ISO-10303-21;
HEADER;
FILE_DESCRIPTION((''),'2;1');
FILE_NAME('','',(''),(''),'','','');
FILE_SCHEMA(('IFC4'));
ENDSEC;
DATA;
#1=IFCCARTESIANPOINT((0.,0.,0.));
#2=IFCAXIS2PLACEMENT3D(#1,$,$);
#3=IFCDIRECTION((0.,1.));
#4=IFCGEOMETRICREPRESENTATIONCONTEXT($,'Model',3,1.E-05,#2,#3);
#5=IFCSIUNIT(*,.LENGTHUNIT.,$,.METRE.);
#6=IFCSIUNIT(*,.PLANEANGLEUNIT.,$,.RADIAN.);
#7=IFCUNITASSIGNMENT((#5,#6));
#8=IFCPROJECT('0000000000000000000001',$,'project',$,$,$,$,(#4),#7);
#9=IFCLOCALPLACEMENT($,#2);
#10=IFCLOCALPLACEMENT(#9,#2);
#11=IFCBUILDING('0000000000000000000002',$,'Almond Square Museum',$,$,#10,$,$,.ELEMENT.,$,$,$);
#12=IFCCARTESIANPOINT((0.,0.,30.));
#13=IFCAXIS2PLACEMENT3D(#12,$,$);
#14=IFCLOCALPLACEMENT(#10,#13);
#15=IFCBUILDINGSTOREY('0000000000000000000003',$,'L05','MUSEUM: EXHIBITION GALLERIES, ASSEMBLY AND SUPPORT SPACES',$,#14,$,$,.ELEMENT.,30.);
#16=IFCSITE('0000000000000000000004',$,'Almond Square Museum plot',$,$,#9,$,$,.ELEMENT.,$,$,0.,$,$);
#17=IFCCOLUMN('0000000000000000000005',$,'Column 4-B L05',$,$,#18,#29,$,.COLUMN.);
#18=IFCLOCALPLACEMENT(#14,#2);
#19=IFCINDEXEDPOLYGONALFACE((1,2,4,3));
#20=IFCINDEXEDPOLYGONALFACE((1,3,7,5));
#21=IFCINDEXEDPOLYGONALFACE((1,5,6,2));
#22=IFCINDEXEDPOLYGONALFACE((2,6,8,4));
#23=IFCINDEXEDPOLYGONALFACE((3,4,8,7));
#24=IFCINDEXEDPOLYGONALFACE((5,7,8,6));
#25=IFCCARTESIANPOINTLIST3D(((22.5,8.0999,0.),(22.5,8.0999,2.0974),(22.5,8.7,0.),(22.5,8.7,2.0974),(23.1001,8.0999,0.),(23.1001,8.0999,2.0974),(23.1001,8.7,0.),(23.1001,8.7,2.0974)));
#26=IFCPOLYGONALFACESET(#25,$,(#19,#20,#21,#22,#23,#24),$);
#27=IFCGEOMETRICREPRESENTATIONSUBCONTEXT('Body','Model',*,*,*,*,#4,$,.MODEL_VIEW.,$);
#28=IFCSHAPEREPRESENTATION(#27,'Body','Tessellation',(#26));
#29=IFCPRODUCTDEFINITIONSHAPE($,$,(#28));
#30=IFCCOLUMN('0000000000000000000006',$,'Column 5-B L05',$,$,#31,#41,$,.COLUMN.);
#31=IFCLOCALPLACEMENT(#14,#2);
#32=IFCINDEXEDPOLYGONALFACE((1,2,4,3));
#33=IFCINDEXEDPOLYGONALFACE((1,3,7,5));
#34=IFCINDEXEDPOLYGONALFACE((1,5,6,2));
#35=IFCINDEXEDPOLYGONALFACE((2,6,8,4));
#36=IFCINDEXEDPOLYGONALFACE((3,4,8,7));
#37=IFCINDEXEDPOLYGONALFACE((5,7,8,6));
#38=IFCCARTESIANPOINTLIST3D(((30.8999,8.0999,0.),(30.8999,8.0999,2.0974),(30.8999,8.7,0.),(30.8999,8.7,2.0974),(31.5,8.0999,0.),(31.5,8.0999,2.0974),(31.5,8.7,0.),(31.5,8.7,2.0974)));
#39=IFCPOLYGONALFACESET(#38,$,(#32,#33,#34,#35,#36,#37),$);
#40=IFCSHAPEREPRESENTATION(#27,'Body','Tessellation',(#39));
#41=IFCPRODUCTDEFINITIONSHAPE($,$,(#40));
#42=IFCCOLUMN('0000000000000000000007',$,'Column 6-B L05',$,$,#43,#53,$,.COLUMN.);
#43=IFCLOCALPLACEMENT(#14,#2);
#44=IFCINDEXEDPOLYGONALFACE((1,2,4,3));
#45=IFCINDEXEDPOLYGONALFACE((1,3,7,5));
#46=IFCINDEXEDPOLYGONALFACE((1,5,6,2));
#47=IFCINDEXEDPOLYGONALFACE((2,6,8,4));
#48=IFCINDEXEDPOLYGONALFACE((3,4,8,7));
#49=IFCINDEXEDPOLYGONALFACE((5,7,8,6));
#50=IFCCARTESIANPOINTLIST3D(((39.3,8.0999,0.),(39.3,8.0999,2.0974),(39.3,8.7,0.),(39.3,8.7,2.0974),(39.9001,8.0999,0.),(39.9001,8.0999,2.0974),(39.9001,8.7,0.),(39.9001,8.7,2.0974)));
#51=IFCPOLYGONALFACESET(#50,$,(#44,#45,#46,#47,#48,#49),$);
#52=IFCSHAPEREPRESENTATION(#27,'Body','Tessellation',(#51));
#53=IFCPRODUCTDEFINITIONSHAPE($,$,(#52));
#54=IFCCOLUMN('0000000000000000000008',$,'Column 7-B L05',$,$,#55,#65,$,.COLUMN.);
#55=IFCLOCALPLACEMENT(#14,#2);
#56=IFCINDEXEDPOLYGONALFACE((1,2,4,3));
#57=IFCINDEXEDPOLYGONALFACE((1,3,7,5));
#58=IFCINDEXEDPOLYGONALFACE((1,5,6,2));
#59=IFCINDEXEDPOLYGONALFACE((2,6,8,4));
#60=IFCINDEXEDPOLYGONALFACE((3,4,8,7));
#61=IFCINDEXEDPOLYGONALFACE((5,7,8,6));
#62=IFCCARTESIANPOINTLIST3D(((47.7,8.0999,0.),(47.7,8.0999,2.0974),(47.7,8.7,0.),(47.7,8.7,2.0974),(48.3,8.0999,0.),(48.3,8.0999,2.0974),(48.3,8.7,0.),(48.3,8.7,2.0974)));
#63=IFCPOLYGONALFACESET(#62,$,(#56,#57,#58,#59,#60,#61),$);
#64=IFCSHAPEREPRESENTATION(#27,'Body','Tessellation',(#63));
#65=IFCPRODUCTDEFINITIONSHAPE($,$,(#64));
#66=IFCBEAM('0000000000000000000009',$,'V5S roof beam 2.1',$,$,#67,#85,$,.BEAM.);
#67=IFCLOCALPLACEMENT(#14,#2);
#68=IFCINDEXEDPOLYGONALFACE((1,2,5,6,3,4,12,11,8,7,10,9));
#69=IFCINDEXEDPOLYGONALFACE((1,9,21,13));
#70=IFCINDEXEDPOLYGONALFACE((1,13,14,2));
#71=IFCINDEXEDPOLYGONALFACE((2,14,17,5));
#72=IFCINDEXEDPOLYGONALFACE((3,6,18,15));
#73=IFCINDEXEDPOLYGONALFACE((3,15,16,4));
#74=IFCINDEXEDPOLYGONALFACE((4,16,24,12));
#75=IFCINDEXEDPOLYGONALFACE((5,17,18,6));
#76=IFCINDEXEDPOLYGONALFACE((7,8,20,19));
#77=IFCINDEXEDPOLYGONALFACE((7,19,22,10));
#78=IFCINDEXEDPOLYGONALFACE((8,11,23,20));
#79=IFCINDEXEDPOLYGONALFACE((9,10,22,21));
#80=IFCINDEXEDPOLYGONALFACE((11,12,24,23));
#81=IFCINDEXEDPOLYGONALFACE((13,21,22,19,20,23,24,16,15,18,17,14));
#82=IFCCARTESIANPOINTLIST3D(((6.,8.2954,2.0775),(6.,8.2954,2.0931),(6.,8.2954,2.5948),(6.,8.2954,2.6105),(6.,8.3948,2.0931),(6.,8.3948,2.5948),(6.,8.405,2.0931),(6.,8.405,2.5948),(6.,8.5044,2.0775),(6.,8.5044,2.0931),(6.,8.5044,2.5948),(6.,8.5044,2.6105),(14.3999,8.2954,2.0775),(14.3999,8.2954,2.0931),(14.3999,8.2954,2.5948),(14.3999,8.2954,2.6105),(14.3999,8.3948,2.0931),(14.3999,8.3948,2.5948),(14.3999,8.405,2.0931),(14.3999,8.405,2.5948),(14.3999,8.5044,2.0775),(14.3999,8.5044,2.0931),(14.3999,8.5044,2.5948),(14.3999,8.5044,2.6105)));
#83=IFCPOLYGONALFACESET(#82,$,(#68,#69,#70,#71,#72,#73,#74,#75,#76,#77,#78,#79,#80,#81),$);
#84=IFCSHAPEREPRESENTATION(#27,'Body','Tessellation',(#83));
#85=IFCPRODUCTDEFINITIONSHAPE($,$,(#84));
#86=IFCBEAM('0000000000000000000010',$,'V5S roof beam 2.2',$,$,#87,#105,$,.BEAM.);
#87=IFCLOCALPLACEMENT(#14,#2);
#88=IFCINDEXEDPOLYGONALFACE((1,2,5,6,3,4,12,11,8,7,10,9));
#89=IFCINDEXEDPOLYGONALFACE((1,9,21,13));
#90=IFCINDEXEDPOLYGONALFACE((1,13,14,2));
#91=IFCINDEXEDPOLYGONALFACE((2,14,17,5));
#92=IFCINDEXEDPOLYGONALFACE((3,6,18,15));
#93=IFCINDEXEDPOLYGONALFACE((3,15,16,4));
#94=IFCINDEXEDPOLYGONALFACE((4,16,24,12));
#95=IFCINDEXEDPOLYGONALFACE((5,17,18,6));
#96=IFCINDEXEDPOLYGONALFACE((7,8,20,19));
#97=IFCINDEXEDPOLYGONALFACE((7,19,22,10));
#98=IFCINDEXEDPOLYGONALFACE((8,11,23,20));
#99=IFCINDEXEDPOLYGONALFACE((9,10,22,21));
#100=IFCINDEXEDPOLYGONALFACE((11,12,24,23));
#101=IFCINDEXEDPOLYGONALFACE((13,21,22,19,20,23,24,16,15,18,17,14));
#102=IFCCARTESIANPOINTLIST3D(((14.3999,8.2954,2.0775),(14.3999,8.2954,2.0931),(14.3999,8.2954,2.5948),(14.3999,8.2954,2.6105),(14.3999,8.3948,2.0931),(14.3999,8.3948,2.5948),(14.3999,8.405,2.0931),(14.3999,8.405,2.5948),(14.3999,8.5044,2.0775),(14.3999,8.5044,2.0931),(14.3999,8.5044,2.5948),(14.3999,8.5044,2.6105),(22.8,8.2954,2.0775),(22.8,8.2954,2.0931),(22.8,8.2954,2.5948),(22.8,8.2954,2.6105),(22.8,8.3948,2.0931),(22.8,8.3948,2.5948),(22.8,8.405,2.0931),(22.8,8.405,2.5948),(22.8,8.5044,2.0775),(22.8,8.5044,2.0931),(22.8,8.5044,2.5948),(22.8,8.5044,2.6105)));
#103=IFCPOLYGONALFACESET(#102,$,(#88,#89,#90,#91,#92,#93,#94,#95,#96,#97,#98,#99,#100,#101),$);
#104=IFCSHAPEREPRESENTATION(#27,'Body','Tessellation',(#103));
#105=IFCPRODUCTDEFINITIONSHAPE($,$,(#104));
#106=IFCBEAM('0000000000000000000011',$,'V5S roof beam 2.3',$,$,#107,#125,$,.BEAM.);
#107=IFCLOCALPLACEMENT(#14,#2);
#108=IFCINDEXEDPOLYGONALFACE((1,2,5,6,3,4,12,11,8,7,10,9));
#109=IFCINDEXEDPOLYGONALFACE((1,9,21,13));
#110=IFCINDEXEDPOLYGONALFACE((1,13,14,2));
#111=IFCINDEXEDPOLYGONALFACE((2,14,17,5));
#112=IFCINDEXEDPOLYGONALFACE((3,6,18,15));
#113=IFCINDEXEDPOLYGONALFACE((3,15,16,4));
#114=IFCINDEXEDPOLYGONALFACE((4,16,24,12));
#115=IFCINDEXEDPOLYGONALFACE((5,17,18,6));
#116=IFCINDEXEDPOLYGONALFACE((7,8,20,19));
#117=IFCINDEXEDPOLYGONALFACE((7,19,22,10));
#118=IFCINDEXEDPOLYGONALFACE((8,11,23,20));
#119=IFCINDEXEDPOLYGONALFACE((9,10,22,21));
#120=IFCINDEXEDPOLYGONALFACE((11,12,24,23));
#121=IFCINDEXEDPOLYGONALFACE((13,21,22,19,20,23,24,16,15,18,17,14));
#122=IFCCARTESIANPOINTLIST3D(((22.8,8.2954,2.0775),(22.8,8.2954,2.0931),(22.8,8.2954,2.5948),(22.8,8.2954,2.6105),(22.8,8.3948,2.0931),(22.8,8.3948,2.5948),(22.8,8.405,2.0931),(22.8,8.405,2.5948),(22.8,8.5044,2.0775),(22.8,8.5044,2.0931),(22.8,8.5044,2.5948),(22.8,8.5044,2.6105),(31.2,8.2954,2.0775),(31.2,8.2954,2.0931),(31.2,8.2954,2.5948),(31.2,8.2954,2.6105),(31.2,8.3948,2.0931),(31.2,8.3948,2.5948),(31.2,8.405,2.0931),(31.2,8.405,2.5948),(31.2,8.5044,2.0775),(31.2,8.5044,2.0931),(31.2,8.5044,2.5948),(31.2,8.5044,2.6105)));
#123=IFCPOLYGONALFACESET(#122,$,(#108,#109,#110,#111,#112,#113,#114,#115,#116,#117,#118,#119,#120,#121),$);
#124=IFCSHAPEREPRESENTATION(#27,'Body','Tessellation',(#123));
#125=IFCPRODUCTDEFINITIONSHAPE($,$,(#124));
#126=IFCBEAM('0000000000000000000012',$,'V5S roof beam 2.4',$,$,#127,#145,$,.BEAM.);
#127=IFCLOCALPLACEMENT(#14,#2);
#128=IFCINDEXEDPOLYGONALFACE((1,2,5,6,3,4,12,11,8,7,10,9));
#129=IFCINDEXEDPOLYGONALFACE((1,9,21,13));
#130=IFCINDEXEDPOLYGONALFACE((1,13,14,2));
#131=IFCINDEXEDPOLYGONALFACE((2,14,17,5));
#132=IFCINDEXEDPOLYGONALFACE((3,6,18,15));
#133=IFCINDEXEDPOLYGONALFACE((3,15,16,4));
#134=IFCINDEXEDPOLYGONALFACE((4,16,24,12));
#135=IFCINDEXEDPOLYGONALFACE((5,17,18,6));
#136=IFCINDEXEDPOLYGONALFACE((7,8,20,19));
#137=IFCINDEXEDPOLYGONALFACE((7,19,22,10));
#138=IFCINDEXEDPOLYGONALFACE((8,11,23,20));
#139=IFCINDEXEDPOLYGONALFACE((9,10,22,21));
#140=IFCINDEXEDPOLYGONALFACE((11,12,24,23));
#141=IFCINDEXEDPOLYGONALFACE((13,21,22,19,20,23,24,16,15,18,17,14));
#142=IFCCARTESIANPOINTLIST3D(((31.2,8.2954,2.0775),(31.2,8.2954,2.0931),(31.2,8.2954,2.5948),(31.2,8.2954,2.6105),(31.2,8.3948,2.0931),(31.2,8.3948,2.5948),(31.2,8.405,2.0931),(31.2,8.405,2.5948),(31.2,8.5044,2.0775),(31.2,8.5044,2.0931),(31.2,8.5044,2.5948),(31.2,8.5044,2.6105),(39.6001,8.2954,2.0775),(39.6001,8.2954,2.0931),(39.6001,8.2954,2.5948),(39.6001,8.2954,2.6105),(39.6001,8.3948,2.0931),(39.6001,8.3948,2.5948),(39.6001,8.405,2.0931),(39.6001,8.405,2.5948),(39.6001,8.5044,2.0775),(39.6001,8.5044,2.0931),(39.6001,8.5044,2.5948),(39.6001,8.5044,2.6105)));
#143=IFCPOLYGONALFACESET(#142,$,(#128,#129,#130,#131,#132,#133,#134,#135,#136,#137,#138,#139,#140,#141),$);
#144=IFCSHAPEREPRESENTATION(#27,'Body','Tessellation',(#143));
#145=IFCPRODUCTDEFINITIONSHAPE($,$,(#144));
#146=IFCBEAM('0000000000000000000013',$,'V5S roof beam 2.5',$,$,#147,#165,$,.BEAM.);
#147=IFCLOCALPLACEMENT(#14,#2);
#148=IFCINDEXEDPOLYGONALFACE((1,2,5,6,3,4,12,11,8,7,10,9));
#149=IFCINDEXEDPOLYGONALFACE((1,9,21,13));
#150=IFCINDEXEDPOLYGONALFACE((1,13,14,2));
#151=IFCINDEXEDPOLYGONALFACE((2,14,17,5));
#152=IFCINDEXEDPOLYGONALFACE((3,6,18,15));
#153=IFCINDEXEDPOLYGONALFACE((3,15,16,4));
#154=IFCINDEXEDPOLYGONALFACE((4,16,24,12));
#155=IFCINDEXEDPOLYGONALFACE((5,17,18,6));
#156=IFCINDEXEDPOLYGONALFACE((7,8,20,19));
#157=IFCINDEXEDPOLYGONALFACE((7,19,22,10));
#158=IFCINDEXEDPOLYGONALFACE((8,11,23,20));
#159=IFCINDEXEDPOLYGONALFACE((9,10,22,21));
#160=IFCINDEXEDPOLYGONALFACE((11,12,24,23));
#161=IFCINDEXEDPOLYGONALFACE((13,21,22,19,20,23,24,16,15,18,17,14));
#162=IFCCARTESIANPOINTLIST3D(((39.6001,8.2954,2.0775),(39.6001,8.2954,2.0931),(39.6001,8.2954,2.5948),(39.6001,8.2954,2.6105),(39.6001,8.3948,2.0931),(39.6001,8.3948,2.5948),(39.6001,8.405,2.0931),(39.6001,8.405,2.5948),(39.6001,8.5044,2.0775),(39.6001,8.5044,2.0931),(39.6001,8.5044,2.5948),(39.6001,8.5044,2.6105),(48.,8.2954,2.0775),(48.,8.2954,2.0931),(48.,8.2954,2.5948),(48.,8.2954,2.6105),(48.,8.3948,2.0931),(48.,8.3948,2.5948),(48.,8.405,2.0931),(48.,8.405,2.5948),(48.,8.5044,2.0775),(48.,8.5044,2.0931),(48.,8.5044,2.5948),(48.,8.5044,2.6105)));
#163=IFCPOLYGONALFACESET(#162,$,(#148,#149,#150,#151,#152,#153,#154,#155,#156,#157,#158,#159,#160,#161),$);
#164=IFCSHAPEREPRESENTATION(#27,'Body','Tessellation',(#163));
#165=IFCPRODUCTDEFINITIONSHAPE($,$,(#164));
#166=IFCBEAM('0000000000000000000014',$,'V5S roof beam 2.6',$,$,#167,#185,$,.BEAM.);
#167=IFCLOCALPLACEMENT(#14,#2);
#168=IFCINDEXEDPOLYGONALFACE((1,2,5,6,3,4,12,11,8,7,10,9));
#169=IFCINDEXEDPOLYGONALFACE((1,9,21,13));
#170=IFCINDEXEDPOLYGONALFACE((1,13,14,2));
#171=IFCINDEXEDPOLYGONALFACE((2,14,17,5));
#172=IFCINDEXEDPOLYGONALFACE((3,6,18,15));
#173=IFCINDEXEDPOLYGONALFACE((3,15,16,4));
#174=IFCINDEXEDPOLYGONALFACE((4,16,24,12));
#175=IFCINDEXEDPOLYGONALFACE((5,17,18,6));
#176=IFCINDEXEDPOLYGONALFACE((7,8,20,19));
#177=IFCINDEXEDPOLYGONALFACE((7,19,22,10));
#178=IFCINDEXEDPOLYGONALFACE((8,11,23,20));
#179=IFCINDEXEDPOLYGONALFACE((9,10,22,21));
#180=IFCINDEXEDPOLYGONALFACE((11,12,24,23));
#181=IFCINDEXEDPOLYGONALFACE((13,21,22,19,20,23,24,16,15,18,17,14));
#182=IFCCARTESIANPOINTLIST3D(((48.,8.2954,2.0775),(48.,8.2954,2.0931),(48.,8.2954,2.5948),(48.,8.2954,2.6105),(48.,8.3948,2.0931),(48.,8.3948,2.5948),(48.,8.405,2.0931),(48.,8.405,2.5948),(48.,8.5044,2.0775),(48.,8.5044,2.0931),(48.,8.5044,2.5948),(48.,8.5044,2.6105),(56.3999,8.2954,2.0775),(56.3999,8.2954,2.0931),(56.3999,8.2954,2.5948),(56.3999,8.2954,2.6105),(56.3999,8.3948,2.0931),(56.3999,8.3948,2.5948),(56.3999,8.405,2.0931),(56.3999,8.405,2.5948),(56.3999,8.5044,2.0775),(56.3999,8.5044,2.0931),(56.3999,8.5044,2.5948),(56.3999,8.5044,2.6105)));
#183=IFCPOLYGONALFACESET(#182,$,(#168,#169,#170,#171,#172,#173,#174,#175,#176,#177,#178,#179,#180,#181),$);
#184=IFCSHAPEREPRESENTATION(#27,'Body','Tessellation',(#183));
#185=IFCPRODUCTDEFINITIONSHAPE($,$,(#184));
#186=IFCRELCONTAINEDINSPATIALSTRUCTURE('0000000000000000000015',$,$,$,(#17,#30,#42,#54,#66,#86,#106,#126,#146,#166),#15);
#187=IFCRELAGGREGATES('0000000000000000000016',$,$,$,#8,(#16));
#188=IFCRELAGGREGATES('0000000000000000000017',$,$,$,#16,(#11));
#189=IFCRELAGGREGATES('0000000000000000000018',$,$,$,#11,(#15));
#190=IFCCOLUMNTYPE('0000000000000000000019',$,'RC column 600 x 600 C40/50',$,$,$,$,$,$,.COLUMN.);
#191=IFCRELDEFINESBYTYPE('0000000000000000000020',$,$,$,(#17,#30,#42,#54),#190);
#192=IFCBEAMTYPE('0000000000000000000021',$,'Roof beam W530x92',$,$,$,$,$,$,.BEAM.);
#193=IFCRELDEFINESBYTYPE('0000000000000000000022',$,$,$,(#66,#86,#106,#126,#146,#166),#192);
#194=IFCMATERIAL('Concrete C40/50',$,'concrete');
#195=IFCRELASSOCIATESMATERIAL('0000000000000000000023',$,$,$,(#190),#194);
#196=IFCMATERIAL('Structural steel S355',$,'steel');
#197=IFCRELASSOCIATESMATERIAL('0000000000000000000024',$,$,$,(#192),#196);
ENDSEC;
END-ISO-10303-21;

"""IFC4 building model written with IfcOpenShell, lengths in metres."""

from ifc_helpers import new_model, si_unit, direction, frame, origin, origin_2d, place, context, subcontext, project, spatial, rectangle, i_section, extrude, material, material_profile, profile_set, type_object, element, save


model = new_model("IFC4")

# Units and contexts
model_context = context("Model", 3, precision=1e-05, world=origin(), true_north=direction((0.0, 1.0)))
body_context = subcontext(model_context, "Body", "Model", "MODEL_VIEW")
ifc_project = project(units=[si_unit("LENGTHUNIT", "METRE"), si_unit("PLANEANGLEUNIT", "RADIAN")], contexts=[model_context])

# Site, building, storey
site_placement = place(None, origin())
site = spatial("IfcSite", under=ifc_project, at=site_placement, Name="Almond Square Museum plot", CompositionType="ELEMENT", RefElevation=0.0)
building_placement = place(site_placement, origin())
building = spatial("IfcBuilding", under=site, at=building_placement, Name="Almond Square Museum", CompositionType="ELEMENT")
storey_placement = place(building_placement, frame((0.0, 0.0, 30.0)))
storey = spatial("IfcBuildingStorey", under=building, at=storey_placement, Name="L05", Description="MUSEUM: EXHIBITION GALLERIES, ASSEMBLY AND SUPPORT SPACES", CompositionType="ELEMENT", Elevation=30.0)

# Columns
ifc_material_1 = material(Name="Concrete C40/50", Category="concrete")
ifc_material_profile_1 = material_profile(ifc_material_1, rectangle(XDim=0.6001, YDim=0.6001, at=origin_2d()))
ifc_profile_set_1 = profile_set([ifc_material_profile_1], Name="Concrete C40/50")
column_type = type_object("IfcColumnType", Name="RC column 600 x 600 C40/50", PredefinedType="COLUMN", material=ifc_profile_set_1)
for number, where, z_axis, x_axis, name in (
    (1, (22.8, 8.3999, 0.0), (0.0, 0.0, 1.0), (1.0, 0.0, 0.0), "Column 4-B L05"),
    (2, (31.2, 8.3999, 0.0), (0.0, 0.0, 1.0), (1.0, 0.0, 0.0), "Column 5-B L05"),
    (3, (39.6001, 8.3999, 0.0), (0.0, 0.0, 1.0), (1.0, 0.0, 0.0), "Column 6-B L05"),
    (4, (48.0, 8.3999, 0.0), (0.0, 0.0, 1.0), (1.0, 0.0, 0.0), "Column 7-B L05"),
):
    element("IfcColumn", number, at=place(storey_placement, frame(where, z_axis=z_axis, x_axis=x_axis)), inside=storey, type_object=column_type, Name=name, PredefinedType="COLUMN", context=body_context, shape_type="SweptSolid", body=[
        extrude(rectangle(XDim=0.6001, YDim=0.6001, at=origin_2d()), origin(), (0.0, 0.0, 1.0), 2.0974),
    ])

# Beams
ifc_material_2 = material(Name="Structural steel S355", Category="steel")
ifc_material_profile_2 = material_profile(ifc_material_2, i_section(OverallWidth=0.209, OverallDepth=0.533, WebThickness=0.0103, FlangeThickness=0.0156, at=origin_2d()))
ifc_profile_set_2 = profile_set([ifc_material_profile_2], Name="Structural steel S355")
beam_type = type_object("IfcBeamType", Name="Roof beam W530x92", PredefinedType="BEAM", material=ifc_profile_set_2)
beam_1_placement = place(storey_placement, frame((6.0, 8.3999, 2.344), z_axis=(1.0, 0.0, 0.0), x_axis=(0.0, 1.0, 0.0)))
element("IfcBeam", 5, at=beam_1_placement, inside=storey, type_object=beam_type, Name="V5S roof beam 2.1", PredefinedType="BEAM", context=body_context, shape_type="SweptSolid", body=[
    extrude(i_section(OverallWidth=0.209, OverallDepth=0.533, WebThickness=0.0103, FlangeThickness=0.0156, at=origin_2d()), origin(), (0.0, 0.0, 1.0), 8.3999),
])
beam_2_placement = place(storey_placement, frame((14.3999, 8.3999, 2.344), z_axis=(1.0, 0.0, 0.0), x_axis=(0.0, 1.0, 0.0)))
element("IfcBeam", 6, at=beam_2_placement, inside=storey, type_object=beam_type, Name="V5S roof beam 2.2", PredefinedType="BEAM", context=body_context, shape_type="SweptSolid", body=[
    extrude(i_section(OverallWidth=0.209, OverallDepth=0.533, WebThickness=0.0103, FlangeThickness=0.0156, at=origin_2d()), origin(), (0.0, 0.0, 1.0), 8.4001),
])
beam_3_placement = place(storey_placement, frame((22.8, 8.3999, 2.344), z_axis=(1.0, 0.0, 0.0), x_axis=(0.0, 1.0, 0.0)))
element("IfcBeam", 7, at=beam_3_placement, inside=storey, type_object=beam_type, Name="V5S roof beam 2.3", PredefinedType="BEAM", context=body_context, shape_type="SweptSolid", body=[
    extrude(i_section(OverallWidth=0.209, OverallDepth=0.533, WebThickness=0.0103, FlangeThickness=0.0156, at=origin_2d()), origin(), (0.0, 0.0, 1.0), 8.3999),
])
beam_4_placement = place(storey_placement, frame((31.2, 8.3999, 2.344), z_axis=(1.0, 0.0, 0.0), x_axis=(0.0, 1.0, 0.0)))
element("IfcBeam", 8, at=beam_4_placement, inside=storey, type_object=beam_type, Name="V5S roof beam 2.4", PredefinedType="BEAM", context=body_context, shape_type="SweptSolid", body=[
    extrude(i_section(OverallWidth=0.209, OverallDepth=0.533, WebThickness=0.0103, FlangeThickness=0.0156, at=origin_2d()), origin(), (0.0, 0.0, 1.0), 8.4001),
])
for number, where, z_axis, x_axis, name in (
    (9, (39.6001, 8.3999, 2.344), (1.0, 0.0, 0.0), (0.0, 1.0, 0.0), "V5S roof beam 2.5"),
    (10, (48.0, 8.3999, 2.344), (1.0, 0.0, 0.0), (0.0, 1.0, 0.0), "V5S roof beam 2.6"),
):
    element("IfcBeam", number, at=place(storey_placement, frame(where, z_axis=z_axis, x_axis=x_axis)), inside=storey, type_object=beam_type, Name=name, PredefinedType="BEAM", context=body_context, shape_type="SweptSolid", body=[
        extrude(i_section(OverallWidth=0.209, OverallDepth=0.533, WebThickness=0.0103, FlangeThickness=0.0156, at=origin_2d()), origin(), (0.0, 0.0, 1.0), 8.3999),
    ])

save(model, "model.ifc")
